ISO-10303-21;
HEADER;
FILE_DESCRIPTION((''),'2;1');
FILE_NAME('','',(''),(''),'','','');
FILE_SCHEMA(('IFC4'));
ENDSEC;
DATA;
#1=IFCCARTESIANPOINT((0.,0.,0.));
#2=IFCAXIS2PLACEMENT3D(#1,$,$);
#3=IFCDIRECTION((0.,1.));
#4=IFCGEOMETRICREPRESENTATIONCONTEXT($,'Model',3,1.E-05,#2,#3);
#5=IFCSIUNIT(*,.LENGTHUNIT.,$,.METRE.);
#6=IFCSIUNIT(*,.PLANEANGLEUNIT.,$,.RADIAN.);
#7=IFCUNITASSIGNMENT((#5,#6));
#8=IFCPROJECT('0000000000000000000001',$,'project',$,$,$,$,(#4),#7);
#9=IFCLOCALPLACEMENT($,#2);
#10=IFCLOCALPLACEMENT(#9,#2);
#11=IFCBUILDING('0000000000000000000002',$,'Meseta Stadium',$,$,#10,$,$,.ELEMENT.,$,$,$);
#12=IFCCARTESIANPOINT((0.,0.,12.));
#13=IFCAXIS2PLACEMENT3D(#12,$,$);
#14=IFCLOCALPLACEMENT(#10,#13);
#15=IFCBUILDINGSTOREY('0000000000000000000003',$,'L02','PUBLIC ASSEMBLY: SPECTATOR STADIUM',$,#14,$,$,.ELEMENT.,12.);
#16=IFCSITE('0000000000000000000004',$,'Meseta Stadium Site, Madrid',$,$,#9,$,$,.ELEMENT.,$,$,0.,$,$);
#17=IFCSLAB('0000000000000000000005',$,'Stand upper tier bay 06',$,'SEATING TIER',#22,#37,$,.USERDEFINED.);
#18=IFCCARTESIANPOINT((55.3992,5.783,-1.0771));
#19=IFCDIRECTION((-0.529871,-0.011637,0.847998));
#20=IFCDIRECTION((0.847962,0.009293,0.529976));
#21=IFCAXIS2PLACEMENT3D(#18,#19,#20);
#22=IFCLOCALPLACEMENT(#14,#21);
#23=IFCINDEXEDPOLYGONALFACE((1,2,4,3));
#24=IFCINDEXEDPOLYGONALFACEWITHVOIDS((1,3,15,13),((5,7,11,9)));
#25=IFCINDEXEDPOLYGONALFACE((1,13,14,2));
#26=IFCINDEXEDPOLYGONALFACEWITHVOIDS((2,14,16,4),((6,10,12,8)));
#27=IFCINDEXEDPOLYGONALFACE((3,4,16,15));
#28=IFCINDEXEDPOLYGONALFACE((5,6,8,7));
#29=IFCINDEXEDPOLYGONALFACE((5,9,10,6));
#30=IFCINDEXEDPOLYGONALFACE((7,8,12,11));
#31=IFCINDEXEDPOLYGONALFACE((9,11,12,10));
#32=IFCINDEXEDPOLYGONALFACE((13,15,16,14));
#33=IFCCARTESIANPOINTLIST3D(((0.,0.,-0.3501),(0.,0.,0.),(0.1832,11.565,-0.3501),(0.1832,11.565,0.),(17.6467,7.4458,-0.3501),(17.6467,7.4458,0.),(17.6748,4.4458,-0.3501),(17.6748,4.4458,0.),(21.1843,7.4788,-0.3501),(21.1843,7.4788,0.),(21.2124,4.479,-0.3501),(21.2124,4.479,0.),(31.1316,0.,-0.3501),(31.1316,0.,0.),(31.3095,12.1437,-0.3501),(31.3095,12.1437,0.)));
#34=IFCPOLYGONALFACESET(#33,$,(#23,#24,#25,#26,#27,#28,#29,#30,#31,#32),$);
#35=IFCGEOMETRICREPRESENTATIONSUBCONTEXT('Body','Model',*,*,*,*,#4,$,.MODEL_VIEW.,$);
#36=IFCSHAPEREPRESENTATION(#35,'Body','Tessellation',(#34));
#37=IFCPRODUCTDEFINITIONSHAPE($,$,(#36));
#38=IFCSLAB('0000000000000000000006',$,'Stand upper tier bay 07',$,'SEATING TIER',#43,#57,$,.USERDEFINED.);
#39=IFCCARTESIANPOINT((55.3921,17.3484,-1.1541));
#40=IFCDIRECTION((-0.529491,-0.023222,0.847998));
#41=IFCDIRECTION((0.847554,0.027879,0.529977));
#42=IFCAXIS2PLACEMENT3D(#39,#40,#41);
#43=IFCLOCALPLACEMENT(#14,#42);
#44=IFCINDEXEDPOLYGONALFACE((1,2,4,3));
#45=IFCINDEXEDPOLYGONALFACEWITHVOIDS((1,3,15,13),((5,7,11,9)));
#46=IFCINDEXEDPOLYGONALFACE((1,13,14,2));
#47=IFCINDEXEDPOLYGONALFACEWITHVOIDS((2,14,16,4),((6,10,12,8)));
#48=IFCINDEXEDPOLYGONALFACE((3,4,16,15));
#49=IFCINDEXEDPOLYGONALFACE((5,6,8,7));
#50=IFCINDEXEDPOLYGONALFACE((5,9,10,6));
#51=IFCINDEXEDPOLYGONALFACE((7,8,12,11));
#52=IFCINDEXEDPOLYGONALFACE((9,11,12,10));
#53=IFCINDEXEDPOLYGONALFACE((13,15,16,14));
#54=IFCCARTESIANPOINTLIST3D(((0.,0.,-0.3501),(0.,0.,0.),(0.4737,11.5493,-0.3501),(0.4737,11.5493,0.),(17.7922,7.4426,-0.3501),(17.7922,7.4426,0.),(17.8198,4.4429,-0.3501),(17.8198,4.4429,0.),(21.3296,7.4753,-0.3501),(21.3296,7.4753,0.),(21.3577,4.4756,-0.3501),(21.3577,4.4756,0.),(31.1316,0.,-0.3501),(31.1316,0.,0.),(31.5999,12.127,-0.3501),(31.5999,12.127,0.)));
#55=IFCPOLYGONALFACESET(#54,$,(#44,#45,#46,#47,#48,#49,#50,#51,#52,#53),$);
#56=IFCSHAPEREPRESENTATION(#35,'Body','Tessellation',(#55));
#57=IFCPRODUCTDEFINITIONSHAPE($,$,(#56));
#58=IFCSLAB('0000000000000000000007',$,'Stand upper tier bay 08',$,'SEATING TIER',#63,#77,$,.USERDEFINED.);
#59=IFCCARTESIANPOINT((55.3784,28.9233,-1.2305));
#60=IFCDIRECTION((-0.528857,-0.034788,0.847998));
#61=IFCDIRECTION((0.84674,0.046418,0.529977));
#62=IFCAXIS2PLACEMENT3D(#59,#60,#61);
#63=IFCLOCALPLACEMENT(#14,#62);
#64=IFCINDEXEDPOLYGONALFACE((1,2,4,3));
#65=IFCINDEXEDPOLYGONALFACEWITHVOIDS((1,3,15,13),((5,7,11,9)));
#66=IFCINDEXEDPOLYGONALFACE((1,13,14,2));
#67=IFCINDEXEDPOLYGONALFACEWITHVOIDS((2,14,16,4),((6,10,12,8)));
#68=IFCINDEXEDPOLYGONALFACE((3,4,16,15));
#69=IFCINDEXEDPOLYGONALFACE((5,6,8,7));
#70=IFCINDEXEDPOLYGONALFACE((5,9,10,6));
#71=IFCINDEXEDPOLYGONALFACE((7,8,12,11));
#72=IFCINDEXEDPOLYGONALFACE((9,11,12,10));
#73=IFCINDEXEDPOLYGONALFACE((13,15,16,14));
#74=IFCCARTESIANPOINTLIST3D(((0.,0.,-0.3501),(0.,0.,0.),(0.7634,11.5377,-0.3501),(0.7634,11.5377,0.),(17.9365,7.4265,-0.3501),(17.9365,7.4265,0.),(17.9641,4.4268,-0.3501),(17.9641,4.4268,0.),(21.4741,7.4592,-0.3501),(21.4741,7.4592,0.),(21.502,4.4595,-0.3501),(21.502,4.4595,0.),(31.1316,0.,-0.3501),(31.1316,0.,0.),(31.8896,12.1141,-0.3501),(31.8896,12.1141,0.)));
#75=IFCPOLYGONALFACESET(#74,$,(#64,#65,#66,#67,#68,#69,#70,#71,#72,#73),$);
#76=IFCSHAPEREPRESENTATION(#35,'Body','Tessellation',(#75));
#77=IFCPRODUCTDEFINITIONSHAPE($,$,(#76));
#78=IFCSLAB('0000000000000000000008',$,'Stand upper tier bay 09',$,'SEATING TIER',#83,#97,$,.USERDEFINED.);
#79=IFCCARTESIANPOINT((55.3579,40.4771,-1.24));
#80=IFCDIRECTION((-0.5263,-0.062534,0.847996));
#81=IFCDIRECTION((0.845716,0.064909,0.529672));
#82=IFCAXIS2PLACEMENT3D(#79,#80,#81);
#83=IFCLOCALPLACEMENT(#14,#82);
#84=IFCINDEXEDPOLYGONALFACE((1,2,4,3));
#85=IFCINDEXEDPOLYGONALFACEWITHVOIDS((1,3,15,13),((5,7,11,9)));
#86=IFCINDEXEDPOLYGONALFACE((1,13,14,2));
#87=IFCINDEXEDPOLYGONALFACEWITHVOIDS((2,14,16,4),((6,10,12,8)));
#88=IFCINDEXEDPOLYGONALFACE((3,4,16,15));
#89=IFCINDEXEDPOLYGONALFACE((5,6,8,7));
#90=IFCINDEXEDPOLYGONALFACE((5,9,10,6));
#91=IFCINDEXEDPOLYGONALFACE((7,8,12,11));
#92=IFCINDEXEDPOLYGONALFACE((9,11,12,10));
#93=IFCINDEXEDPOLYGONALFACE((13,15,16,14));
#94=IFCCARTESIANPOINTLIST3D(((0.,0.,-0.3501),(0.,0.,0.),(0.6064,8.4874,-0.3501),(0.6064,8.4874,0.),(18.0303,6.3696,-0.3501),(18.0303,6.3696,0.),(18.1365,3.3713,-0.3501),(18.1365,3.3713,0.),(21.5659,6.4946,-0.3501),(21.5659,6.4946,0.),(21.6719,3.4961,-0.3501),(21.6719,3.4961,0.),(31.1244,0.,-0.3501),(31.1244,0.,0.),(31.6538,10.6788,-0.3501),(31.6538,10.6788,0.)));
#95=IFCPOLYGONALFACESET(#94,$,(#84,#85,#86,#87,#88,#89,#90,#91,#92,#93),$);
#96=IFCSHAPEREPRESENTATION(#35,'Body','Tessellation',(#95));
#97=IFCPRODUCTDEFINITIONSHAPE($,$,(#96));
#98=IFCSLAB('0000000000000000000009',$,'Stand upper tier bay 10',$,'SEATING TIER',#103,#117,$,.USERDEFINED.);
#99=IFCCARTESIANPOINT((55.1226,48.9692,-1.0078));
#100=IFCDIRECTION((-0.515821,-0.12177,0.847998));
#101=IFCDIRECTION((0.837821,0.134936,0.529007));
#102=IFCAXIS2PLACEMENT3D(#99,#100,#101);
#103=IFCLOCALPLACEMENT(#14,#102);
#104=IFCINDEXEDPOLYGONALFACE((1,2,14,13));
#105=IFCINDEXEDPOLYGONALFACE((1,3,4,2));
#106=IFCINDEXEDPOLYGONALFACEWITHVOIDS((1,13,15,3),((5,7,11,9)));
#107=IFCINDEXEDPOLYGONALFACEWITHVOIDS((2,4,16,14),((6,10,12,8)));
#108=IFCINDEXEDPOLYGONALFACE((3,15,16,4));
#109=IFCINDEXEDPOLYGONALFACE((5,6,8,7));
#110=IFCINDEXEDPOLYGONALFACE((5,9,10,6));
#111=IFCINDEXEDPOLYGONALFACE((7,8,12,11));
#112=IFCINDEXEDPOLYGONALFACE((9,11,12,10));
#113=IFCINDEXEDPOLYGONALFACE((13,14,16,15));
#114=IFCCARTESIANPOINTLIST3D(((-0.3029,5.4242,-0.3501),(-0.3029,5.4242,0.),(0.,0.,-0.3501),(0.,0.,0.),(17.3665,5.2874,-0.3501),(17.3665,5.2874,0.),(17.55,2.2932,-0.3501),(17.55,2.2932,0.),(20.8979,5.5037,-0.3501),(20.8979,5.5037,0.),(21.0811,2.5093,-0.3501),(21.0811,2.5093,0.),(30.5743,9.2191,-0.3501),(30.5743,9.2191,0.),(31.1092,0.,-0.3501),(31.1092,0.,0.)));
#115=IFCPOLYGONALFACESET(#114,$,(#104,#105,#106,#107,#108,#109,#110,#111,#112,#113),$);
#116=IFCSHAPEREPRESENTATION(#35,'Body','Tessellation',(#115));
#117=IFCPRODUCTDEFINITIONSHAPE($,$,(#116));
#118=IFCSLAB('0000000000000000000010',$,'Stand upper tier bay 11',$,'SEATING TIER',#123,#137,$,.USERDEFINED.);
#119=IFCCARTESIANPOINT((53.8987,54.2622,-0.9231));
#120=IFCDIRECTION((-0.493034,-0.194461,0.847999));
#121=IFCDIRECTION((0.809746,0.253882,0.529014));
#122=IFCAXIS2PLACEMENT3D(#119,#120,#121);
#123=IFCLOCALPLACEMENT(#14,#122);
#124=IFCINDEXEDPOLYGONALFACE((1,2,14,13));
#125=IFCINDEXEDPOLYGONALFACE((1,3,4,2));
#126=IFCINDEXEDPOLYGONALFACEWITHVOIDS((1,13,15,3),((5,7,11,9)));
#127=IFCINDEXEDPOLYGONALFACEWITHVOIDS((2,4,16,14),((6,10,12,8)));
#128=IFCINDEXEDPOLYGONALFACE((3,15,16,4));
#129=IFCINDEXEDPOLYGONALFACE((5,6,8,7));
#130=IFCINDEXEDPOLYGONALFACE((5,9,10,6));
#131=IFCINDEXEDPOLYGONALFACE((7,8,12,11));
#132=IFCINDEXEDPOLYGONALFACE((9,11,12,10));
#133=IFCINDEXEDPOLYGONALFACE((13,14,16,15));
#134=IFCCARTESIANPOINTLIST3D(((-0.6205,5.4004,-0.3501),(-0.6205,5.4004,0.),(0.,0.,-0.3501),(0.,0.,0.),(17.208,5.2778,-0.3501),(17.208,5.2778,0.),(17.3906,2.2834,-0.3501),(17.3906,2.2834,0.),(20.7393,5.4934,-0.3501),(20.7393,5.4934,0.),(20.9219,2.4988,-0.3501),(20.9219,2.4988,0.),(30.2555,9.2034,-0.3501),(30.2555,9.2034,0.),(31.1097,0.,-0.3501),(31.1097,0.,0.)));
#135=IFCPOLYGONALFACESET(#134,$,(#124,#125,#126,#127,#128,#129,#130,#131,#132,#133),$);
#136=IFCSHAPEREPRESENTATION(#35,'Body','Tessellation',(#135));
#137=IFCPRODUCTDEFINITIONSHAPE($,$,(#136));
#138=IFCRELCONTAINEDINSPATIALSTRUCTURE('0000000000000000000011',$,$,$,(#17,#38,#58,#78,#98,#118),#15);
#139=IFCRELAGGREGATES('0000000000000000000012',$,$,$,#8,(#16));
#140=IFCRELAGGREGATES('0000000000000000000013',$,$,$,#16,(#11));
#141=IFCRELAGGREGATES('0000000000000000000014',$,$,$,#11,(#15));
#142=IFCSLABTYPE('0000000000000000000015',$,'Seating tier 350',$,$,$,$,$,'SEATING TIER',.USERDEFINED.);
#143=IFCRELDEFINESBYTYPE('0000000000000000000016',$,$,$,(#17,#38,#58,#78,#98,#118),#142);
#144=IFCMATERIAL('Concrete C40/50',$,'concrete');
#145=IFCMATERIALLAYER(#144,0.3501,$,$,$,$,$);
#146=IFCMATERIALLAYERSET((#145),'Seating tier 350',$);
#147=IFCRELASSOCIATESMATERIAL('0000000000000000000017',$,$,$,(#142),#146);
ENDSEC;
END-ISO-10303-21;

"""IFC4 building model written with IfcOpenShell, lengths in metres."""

from ifc_helpers import new_model, si_unit, direction, frame, origin, place, context, subcontext, project, spatial, polyline, outline, extrude, material, layer, layer_set, type_object, element, save


model = new_model("IFC4")

# Units and contexts
model_context = context("Model", 3, precision=1e-05, world=origin(), true_north=direction((0.0, 1.0)))
body_context = subcontext(model_context, "Body", "Model", "MODEL_VIEW")
ifc_project = project(units=[si_unit("LENGTHUNIT", "METRE"), si_unit("PLANEANGLEUNIT", "RADIAN")], contexts=[model_context])

# Site, building, storey
site_placement = place(None, origin())
site = spatial("IfcSite", under=ifc_project, at=site_placement, Name="Meseta Stadium Site, Madrid", CompositionType="ELEMENT", RefElevation=0.0)
building_placement = place(site_placement, origin())
building = spatial("IfcBuilding", under=site, at=building_placement, Name="Meseta Stadium", CompositionType="ELEMENT")
storey_placement = place(building_placement, frame((0.0, 0.0, 12.0)))
storey = spatial("IfcBuildingStorey", under=building, at=storey_placement, Name="L02", Description="PUBLIC ASSEMBLY: SPECTATOR STADIUM", CompositionType="ELEMENT", Elevation=12.0)

# Slabs
ifc_material_1 = material(Name="Concrete C40/50", Category="concrete")
ifc_layer_1 = layer(ifc_material_1, 0.3501)
ifc_layer_set_1 = layer_set([ifc_layer_1], Name="Seating tier 350")
slab_type_1 = type_object("IfcSlabType", Name="Seating tier 350", ElementType="SEATING TIER", PredefinedType="USERDEFINED", material=ifc_layer_set_1)
slab_1_placement = place(storey_placement, frame((55.3992, 5.783, -1.0771), z_axis=(-0.529871, -0.011637, 0.847998), x_axis=(0.847962, 0.009293, 0.529976)))
element("IfcSlab", 1, at=slab_1_placement, inside=storey, type_object=slab_type_1, Name="Stand upper tier bay 06", ObjectType="SEATING TIER", PredefinedType="USERDEFINED", context=body_context, shape_type="SweptSolid", body=[
    extrude(outline(polyline([(0.0, 0.0), (31.1316, 0.0), (31.3095, 12.1437), (0.1832, 11.565), (0.0, 0.0)]), holes=[polyline([(17.6748, 4.4458), (21.2124, 4.479), (21.1843, 7.4788), (17.6467, 7.4458), (17.6748, 4.4458)])]), origin(), (0.0, 0.0, -1.0), 0.3501),
])
slab_2_placement = place(storey_placement, frame((55.3921, 17.3484, -1.1541), z_axis=(-0.529491, -0.023222, 0.847998), x_axis=(0.847554, 0.027879, 0.529977)))
element("IfcSlab", 2, at=slab_2_placement, inside=storey, type_object=slab_type_1, Name="Stand upper tier bay 07", ObjectType="SEATING TIER", PredefinedType="USERDEFINED", context=body_context, shape_type="SweptSolid", body=[
    extrude(outline(polyline([(0.0, 0.0), (31.1316, 0.0), (31.5999, 12.127), (0.4737, 11.5493), (0.0, 0.0)]), holes=[polyline([(17.8198, 4.4429), (21.3577, 4.4756), (21.3296, 7.4753), (17.7922, 7.4426), (17.8198, 4.4429)])]), origin(), (0.0, 0.0, -1.0), 0.3501),
])
slab_3_placement = place(storey_placement, frame((55.3784, 28.9233, -1.2305), z_axis=(-0.528857, -0.034788, 0.847998), x_axis=(0.84674, 0.046418, 0.529977)))
element("IfcSlab", 3, at=slab_3_placement, inside=storey, type_object=slab_type_1, Name="Stand upper tier bay 08", ObjectType="SEATING TIER", PredefinedType="USERDEFINED", context=body_context, shape_type="SweptSolid", body=[
    extrude(outline(polyline([(0.0, 0.0), (31.1316, 0.0), (31.8896, 12.1141), (0.7634, 11.5377), (0.0, 0.0)]), holes=[polyline([(17.9641, 4.4268), (21.502, 4.4595), (21.4741, 7.4592), (17.9365, 7.4265), (17.9641, 4.4268)])]), origin(), (0.0, 0.0, -1.0), 0.3501),
])
slab_4_placement = place(storey_placement, frame((55.3579, 40.4771, -1.24), z_axis=(-0.5263, -0.062534, 0.847996), x_axis=(0.845716, 0.064909, 0.529672)))
element("IfcSlab", 4, at=slab_4_placement, inside=storey, type_object=slab_type_1, Name="Stand upper tier bay 09", ObjectType="SEATING TIER", PredefinedType="USERDEFINED", context=body_context, shape_type="SweptSolid", body=[
    extrude(outline(polyline([(0.0, 0.0), (31.1244, 0.0), (31.6538, 10.6788), (0.6064, 8.4874), (0.0, 0.0)]), holes=[polyline([(18.1365, 3.3713), (21.6719, 3.4961), (21.5659, 6.4946), (18.0303, 6.3696), (18.1365, 3.3713)])]), origin(), (0.0, 0.0, -1.0), 0.3501),
])
slab_5_placement = place(storey_placement, frame((55.1226, 48.9692, -1.0078), z_axis=(-0.515821, -0.12177, 0.847998), x_axis=(0.837821, 0.134936, 0.529007)))
element("IfcSlab", 5, at=slab_5_placement, inside=storey, type_object=slab_type_1, Name="Stand upper tier bay 10", ObjectType="SEATING TIER", PredefinedType="USERDEFINED", context=body_context, shape_type="SweptSolid", body=[
    extrude(outline(polyline([(0.0, 0.0), (31.1092, 0.0), (30.5743, 9.2191), (-0.3029, 5.4242), (0.0, 0.0)]), holes=[polyline([(17.55, 2.2932), (21.0811, 2.5093), (20.8979, 5.5037), (17.3665, 5.2874), (17.55, 2.2932)])]), origin(), (0.0, 0.0, -1.0), 0.3501),
])
slab_6_placement = place(storey_placement, frame((53.8987, 54.2622, -0.9231), z_axis=(-0.493034, -0.194461, 0.847999), x_axis=(0.809746, 0.253882, 0.529014)))
element("IfcSlab", 6, at=slab_6_placement, inside=storey, type_object=slab_type_1, Name="Stand upper tier bay 11", ObjectType="SEATING TIER", PredefinedType="USERDEFINED", context=body_context, shape_type="SweptSolid", body=[
    extrude(outline(polyline([(0.0, 0.0), (31.1097, 0.0), (30.2555, 9.2034), (-0.6205, 5.4004), (0.0, 0.0)]), holes=[polyline([(17.3906, 2.2834), (20.9219, 2.4988), (20.7393, 5.4934), (17.208, 5.2778), (17.3906, 2.2834)])]), origin(), (0.0, 0.0, -1.0), 0.3501),
])

save(model, "model.ifc")
